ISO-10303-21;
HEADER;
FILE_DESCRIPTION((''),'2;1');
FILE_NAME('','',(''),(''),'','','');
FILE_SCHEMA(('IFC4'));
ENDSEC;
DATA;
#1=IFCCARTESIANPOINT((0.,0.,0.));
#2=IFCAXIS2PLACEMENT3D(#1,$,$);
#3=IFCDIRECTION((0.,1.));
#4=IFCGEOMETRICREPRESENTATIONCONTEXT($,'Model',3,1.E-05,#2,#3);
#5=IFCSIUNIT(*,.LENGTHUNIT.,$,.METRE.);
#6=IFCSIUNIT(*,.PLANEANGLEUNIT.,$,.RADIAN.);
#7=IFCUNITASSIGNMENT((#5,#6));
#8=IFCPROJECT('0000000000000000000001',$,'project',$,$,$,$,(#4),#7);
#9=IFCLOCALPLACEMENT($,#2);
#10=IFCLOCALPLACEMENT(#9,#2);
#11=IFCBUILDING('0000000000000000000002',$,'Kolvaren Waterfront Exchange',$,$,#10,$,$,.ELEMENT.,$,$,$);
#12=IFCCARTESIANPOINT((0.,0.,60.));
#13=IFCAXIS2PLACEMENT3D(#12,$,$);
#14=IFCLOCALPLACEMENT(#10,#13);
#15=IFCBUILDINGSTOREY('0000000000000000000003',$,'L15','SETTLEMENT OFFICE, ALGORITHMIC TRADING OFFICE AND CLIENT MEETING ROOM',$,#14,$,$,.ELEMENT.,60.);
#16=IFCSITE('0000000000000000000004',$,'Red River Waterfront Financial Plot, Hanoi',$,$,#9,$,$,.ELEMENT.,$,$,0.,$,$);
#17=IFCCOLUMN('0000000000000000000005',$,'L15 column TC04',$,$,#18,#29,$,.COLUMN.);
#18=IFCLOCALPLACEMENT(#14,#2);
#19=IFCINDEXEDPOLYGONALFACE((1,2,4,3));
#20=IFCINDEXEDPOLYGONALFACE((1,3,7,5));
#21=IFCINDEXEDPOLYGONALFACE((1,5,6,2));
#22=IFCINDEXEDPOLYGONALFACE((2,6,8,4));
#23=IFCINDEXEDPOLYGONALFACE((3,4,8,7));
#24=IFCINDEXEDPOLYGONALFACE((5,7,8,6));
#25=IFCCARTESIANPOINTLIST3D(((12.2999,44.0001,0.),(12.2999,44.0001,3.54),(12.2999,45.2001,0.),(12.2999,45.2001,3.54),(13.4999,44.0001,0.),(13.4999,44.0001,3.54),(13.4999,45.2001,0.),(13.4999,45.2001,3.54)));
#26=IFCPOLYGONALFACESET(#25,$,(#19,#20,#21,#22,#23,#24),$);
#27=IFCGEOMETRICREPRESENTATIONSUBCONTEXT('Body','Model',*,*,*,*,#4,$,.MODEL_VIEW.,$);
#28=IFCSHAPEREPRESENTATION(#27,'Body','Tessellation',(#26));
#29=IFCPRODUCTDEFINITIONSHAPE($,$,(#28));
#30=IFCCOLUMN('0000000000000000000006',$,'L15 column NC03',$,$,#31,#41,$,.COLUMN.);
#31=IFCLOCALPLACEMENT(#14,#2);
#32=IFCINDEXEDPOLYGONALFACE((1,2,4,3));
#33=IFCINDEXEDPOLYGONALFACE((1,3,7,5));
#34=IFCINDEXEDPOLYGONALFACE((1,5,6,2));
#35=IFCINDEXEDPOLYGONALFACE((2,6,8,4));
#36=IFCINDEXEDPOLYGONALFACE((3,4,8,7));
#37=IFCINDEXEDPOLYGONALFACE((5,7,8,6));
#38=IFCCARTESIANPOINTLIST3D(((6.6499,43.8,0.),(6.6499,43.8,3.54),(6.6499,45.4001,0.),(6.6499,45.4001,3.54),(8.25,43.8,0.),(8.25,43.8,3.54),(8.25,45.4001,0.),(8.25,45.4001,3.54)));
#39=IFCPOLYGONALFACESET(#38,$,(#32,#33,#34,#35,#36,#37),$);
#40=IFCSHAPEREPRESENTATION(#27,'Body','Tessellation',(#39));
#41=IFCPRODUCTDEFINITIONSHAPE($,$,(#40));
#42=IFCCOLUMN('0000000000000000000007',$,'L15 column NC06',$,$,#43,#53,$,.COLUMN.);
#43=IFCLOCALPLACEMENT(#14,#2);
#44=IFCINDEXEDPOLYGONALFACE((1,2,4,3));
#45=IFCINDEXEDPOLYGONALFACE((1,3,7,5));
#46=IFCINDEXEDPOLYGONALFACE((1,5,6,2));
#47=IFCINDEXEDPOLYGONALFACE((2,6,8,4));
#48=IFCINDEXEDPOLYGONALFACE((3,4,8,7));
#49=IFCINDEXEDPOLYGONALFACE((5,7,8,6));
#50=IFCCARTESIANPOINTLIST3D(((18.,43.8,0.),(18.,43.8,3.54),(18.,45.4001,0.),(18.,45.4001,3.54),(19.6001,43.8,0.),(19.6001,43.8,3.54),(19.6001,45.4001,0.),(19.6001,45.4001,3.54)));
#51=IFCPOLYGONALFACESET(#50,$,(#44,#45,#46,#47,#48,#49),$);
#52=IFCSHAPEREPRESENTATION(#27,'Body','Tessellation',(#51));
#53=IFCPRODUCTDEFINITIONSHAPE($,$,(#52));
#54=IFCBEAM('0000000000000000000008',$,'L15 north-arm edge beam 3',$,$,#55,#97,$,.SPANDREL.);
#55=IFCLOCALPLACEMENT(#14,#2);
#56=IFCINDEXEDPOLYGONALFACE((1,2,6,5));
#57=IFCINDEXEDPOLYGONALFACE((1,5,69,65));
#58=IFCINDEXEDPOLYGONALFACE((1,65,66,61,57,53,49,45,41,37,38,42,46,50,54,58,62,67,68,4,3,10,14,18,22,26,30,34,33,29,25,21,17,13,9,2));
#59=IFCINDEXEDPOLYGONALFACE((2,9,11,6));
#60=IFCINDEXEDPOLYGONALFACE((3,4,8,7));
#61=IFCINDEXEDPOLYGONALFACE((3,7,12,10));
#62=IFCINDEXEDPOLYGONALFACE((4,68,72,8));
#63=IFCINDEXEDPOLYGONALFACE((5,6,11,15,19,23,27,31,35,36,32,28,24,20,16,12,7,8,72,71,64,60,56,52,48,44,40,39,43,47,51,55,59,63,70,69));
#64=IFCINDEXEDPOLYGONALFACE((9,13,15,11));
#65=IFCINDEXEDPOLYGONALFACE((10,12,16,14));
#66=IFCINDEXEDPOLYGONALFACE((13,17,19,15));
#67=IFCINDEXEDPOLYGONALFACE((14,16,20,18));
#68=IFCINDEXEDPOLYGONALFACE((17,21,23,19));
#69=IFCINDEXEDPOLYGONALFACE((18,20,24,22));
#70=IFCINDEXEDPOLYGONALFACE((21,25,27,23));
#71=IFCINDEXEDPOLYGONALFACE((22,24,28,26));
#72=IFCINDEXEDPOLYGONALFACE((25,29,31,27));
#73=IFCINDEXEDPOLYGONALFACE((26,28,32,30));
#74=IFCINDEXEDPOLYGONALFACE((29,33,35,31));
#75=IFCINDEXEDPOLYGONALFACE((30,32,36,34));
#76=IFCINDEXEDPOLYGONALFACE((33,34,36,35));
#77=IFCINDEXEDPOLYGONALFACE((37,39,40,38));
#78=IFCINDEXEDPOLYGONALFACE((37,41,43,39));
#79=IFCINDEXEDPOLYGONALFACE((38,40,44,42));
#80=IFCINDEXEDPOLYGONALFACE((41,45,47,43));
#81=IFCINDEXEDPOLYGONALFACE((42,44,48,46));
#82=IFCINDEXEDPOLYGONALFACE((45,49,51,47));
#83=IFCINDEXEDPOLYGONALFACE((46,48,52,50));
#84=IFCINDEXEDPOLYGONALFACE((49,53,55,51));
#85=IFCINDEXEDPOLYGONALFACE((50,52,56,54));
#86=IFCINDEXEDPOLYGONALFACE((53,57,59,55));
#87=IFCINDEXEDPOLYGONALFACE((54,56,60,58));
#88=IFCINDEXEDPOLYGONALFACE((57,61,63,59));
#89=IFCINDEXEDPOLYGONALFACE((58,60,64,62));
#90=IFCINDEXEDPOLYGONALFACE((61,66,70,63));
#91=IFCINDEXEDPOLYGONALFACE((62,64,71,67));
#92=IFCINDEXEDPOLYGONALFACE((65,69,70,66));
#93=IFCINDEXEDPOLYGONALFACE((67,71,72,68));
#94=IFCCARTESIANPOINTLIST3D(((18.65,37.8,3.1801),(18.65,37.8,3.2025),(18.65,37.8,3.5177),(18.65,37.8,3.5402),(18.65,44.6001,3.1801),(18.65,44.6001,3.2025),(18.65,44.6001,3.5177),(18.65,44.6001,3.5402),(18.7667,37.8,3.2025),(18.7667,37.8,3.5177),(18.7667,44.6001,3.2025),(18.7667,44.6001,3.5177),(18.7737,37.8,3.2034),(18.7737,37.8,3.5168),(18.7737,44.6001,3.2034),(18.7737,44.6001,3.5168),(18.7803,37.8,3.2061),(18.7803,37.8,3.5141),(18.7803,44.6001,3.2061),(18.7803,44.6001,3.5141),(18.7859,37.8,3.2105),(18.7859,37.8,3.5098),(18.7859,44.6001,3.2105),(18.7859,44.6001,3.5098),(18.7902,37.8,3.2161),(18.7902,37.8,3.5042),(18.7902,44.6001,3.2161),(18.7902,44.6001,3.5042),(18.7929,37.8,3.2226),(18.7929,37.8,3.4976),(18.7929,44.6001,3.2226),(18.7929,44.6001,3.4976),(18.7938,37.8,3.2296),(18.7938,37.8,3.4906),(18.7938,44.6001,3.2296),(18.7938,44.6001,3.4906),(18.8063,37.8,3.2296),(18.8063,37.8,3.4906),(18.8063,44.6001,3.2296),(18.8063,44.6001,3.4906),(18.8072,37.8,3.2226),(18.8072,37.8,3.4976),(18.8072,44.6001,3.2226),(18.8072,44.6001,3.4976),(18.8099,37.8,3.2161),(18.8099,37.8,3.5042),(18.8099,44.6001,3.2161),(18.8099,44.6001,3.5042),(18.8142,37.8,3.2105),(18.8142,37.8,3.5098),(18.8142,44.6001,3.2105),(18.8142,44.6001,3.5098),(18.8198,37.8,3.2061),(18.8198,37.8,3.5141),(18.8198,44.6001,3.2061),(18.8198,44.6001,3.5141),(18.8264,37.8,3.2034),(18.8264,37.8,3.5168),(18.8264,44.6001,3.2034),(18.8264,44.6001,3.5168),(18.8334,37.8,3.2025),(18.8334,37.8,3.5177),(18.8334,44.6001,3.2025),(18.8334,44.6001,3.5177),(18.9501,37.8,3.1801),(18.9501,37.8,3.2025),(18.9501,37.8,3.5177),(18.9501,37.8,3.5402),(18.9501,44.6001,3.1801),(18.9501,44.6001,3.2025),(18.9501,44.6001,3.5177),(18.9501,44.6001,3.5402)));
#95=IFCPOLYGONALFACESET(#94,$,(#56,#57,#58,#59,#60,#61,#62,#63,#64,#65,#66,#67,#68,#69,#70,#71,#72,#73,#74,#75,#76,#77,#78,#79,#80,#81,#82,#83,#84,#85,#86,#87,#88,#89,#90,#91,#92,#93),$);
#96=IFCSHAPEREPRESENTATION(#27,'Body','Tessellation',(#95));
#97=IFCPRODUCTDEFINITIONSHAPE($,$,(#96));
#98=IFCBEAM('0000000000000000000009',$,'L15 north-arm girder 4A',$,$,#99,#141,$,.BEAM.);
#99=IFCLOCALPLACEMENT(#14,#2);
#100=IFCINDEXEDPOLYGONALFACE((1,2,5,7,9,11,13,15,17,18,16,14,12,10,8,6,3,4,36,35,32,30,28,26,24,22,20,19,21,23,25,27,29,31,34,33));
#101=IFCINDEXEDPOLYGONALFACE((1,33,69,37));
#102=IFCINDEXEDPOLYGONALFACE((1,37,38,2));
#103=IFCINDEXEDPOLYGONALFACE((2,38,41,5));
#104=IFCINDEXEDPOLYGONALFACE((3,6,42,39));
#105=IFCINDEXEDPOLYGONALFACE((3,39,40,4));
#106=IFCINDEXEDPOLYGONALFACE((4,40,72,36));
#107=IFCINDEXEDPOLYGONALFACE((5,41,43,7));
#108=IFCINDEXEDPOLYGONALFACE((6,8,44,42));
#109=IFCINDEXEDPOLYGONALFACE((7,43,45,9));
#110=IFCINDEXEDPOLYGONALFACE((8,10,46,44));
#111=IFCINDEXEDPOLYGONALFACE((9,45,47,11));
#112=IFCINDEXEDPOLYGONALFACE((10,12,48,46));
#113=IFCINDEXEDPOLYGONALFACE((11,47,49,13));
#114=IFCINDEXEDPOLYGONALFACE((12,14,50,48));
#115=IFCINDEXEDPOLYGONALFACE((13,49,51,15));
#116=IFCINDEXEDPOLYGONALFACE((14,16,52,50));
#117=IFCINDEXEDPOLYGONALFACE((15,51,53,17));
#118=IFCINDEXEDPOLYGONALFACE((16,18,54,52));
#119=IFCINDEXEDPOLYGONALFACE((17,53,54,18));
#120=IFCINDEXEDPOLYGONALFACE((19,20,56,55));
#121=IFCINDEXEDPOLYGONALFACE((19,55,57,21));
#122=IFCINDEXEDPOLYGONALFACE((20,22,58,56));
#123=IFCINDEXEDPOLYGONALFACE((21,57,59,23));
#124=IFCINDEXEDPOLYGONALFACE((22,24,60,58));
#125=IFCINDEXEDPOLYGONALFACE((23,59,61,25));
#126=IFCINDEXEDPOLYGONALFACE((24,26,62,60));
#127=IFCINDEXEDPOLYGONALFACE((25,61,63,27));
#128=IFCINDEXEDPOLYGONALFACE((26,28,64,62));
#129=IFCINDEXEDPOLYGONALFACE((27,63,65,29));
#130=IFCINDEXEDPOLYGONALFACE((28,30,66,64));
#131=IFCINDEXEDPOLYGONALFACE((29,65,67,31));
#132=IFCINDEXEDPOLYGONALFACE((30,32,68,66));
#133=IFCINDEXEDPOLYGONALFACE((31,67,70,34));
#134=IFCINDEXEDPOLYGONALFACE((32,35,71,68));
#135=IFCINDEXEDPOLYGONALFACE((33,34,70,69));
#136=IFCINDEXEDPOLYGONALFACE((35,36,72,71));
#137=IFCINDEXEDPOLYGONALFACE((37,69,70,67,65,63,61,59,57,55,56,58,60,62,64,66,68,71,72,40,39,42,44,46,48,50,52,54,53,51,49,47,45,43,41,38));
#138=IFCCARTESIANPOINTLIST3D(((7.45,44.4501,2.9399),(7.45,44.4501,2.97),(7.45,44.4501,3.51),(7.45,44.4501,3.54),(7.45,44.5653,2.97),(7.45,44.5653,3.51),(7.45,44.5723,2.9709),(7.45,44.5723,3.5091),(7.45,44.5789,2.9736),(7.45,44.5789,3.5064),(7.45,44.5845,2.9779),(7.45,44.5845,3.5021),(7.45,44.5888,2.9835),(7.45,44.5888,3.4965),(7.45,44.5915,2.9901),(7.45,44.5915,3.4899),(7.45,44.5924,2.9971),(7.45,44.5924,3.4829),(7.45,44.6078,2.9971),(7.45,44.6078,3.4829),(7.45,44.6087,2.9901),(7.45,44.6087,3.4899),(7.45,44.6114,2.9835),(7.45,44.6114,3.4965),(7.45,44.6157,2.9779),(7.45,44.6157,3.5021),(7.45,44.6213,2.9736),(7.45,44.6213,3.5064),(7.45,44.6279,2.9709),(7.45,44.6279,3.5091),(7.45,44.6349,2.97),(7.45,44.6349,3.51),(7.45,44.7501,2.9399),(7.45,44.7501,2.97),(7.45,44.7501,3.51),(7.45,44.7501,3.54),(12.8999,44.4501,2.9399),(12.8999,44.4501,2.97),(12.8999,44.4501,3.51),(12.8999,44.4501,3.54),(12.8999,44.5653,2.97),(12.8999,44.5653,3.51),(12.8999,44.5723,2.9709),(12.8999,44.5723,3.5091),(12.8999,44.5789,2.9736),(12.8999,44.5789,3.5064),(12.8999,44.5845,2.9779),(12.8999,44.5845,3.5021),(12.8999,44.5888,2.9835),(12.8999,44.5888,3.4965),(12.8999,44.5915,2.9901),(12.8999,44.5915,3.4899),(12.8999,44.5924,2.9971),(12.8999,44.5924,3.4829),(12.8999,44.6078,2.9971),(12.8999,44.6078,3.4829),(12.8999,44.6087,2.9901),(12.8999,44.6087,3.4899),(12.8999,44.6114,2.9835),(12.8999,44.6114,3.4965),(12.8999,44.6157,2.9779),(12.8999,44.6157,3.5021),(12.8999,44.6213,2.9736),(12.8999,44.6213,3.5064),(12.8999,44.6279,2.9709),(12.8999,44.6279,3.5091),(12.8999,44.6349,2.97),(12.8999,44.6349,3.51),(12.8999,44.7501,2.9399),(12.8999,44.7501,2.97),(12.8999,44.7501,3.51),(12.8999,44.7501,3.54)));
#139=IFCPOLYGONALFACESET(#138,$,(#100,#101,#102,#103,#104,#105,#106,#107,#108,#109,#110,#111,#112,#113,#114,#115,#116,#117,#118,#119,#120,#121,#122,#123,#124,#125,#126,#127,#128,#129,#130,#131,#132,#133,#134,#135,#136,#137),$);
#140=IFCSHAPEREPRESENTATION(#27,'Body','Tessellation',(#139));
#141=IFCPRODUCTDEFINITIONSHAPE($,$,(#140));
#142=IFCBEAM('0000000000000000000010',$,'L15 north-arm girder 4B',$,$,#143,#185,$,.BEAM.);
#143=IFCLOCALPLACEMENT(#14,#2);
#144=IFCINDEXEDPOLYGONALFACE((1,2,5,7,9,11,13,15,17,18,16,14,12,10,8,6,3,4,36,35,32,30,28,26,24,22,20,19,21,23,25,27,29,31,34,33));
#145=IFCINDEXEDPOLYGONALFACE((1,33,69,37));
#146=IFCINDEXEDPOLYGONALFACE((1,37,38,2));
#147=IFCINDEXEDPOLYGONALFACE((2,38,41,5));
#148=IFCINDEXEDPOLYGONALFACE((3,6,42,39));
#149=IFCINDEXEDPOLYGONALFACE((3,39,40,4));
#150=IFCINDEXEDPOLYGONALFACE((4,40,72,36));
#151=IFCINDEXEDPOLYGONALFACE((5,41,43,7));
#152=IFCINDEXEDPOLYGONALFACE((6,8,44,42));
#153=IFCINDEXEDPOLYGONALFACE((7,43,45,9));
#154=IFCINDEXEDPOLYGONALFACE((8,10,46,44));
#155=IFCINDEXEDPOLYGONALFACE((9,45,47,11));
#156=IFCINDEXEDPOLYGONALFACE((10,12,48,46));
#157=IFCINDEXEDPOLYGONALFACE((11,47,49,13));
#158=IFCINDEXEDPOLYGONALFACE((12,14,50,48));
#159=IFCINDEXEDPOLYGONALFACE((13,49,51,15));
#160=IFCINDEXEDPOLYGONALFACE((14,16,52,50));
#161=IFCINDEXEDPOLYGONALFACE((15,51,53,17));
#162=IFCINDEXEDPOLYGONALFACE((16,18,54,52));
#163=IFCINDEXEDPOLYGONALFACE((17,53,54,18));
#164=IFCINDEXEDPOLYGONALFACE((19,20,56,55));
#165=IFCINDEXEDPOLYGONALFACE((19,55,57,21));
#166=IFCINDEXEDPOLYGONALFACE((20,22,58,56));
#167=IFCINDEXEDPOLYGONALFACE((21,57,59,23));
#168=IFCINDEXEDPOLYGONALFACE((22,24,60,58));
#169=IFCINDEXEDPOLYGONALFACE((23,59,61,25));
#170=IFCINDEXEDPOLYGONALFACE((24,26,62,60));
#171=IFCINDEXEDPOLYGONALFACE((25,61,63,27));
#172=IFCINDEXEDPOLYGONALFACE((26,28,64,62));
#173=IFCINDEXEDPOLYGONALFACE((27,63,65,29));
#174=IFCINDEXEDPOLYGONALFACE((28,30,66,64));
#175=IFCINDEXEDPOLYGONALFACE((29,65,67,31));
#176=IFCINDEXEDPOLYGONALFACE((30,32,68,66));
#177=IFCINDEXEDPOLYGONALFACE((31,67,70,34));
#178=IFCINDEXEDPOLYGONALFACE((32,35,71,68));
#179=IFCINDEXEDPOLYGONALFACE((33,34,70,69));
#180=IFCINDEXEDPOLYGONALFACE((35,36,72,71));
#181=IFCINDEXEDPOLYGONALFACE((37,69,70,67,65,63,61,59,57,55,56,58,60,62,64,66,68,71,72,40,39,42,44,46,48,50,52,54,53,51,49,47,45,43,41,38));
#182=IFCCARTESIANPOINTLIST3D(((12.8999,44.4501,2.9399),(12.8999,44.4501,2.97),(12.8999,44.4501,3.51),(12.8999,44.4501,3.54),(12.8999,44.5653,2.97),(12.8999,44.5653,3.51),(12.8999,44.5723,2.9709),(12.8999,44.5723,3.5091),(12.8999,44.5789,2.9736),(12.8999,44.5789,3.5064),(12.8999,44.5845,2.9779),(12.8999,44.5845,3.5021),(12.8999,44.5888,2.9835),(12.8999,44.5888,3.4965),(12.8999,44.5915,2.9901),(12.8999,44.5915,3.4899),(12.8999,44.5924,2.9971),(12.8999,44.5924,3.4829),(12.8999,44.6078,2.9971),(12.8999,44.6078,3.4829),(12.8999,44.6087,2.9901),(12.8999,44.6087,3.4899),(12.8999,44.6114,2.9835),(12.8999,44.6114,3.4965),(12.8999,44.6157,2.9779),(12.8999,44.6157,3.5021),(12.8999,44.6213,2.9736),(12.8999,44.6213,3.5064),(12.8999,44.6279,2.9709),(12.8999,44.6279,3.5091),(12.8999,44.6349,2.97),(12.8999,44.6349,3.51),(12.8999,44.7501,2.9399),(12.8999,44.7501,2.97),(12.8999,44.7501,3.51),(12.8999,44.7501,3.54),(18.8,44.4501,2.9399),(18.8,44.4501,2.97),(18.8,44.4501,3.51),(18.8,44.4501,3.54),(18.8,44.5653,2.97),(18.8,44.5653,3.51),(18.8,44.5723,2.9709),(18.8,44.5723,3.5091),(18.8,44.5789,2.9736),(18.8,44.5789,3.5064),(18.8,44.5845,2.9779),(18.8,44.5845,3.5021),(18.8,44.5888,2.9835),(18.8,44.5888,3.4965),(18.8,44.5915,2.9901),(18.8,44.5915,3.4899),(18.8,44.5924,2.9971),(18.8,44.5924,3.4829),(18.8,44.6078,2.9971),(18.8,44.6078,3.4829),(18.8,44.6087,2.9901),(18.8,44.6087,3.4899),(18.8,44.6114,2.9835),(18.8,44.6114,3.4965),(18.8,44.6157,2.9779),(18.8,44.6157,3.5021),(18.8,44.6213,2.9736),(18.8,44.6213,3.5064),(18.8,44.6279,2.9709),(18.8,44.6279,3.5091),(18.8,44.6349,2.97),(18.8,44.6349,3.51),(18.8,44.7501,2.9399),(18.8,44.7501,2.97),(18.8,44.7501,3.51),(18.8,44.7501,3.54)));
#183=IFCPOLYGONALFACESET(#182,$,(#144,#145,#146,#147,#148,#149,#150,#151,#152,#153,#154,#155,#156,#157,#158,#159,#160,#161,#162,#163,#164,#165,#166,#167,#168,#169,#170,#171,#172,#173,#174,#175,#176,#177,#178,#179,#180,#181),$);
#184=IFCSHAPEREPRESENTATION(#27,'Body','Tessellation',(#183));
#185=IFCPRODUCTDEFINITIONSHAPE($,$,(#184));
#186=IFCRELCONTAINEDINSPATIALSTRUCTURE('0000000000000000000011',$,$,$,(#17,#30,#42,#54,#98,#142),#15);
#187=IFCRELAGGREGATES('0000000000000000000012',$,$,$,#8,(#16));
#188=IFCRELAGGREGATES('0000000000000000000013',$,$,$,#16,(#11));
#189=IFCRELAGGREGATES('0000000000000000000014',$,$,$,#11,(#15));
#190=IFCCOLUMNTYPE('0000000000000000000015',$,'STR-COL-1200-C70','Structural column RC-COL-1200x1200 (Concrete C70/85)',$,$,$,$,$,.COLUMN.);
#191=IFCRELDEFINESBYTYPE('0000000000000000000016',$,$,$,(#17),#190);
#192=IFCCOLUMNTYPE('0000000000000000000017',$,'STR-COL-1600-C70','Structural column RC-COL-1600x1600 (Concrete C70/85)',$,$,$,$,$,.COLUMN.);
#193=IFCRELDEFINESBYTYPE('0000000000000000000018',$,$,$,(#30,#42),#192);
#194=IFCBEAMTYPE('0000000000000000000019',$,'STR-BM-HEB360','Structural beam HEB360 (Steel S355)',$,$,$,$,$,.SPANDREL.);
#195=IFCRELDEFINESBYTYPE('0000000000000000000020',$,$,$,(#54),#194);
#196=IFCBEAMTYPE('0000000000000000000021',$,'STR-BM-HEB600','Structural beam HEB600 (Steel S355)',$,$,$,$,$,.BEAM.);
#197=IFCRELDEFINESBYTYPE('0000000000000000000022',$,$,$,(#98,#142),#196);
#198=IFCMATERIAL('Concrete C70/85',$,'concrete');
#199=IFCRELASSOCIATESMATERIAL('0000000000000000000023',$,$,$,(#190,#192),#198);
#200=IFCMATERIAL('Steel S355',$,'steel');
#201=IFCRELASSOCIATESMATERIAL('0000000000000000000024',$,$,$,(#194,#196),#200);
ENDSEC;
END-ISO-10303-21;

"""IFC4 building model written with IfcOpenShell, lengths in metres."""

from ifc_helpers import new_model, si_unit, direction, frame, origin, origin_2d, place, context, subcontext, project, spatial, rectangle, i_section, extrude, material, material_profile, profile_set, type_object, element, save


model = new_model("IFC4")

# Units and contexts
model_context = context("Model", 3, precision=1e-05, world=origin(), true_north=direction((0.0, 1.0)))
body_context = subcontext(model_context, "Body", "Model", "MODEL_VIEW")
ifc_project = project(units=[si_unit("LENGTHUNIT", "METRE"), si_unit("PLANEANGLEUNIT", "RADIAN")], contexts=[model_context])

# Site, building, storey
site_placement = place(None, origin())
site = spatial("IfcSite", under=ifc_project, at=site_placement, Name="Red River Waterfront Financial Plot, Hanoi", CompositionType="ELEMENT", RefElevation=0.0)
building_placement = place(site_placement, origin())
building = spatial("IfcBuilding", under=site, at=building_placement, Name="Kolvaren Waterfront Exchange", CompositionType="ELEMENT")
storey_placement = place(building_placement, frame((0.0, 0.0, 60.0)))
storey = spatial("IfcBuildingStorey", under=building, at=storey_placement, Name="L15", Description="SETTLEMENT OFFICE, ALGORITHMIC TRADING OFFICE AND CLIENT MEETING ROOM", CompositionType="ELEMENT", Elevation=60.0)

# Columns
ifc_material_1 = material(Name="Concrete C70/85", Category="concrete")
ifc_material_profile_1 = material_profile(ifc_material_1, rectangle(XDim=1.2, YDim=1.2, at=origin_2d()), Name="RC-COL-1200x1200")
ifc_profile_set_1 = profile_set([ifc_material_profile_1], Name="Concrete C70/85")
column_type_1 = type_object("IfcColumnType", Name="STR-COL-1200-C70", Description="Structural column RC-COL-1200x1200 (Concrete C70/85)", PredefinedType="COLUMN", material=ifc_profile_set_1)
column_placement = place(storey_placement, frame((12.8999, 44.6001, 0.0), z_axis=(0.0, 0.0, 1.0), x_axis=(1.0, 0.0, 0.0)))
element("IfcColumn", 1, at=column_placement, inside=storey, type_object=column_type_1, Name="L15 column TC04", PredefinedType="COLUMN", context=body_context, shape_type="SweptSolid", body=[
    extrude(rectangle(XDim=1.2, YDim=1.2, at=origin_2d()), origin(), (0.0, 0.0, 1.0), 3.54),
])
ifc_material_profile_2 = material_profile(ifc_material_1, rectangle(XDim=1.6001, YDim=1.6001, at=origin_2d()), Name="RC-COL-1600x1600")
ifc_profile_set_2 = profile_set([ifc_material_profile_2], Name="Concrete C70/85")
column_type_2 = type_object("IfcColumnType", Name="STR-COL-1600-C70", Description="Structural column RC-COL-1600x1600 (Concrete C70/85)", PredefinedType="COLUMN", material=ifc_profile_set_2)
for number, where, z_axis, x_axis, name in (
    (2, (7.45, 44.6001, 0.0), (0.0, 0.0, 1.0), (1.0, 0.0, 0.0), "L15 column NC03"),
    (3, (18.8, 44.6001, 0.0), (0.0, 0.0, 1.0), (1.0, 0.0, 0.0), "L15 column NC06"),
):
    element("IfcColumn", number, at=place(storey_placement, frame(where, z_axis=z_axis, x_axis=x_axis)), inside=storey, type_object=column_type_2, Name=name, PredefinedType="COLUMN", context=body_context, shape_type="SweptSolid", body=[
        extrude(rectangle(XDim=1.6001, YDim=1.6001, at=origin_2d()), origin(), (0.0, 0.0, 1.0), 3.54),
    ])

# Beams
ifc_material_2 = material(Name="Steel S355", Category="steel")
ifc_material_profile_3 = material_profile(ifc_material_2, i_section(OverallWidth=0.3, OverallDepth=0.3601, WebThickness=0.0125, FlangeThickness=0.0225, FilletRadius=0.0271, at=origin_2d()), Name="HEB360")
ifc_profile_set_3 = profile_set([ifc_material_profile_3], Name="Steel S355")
beam_type_1 = type_object("IfcBeamType", Name="STR-BM-HEB360", Description="Structural beam HEB360 (Steel S355)", PredefinedType="SPANDREL", material=ifc_profile_set_3)
beam_1_placement = place(storey_placement, frame((18.8, 37.8, 3.3601), z_axis=(0.0, 1.0, 0.0), x_axis=(-1.0, 0.0, 0.0)))
element("IfcBeam", 4, at=beam_1_placement, inside=storey, type_object=beam_type_1, Name="L15 north-arm edge beam 3", PredefinedType="SPANDREL", context=body_context, shape_type="SweptSolid", body=[
    extrude(i_section(OverallWidth=0.3, OverallDepth=0.3601, WebThickness=0.0125, FlangeThickness=0.0225, FilletRadius=0.0271, at=origin_2d()), origin(), (0.0, 0.0, 1.0), 6.8),
])
ifc_material_profile_4 = material_profile(ifc_material_2, i_section(OverallWidth=0.3, OverallDepth=0.6001, WebThickness=0.0154, FlangeThickness=0.03, FilletRadius=0.0271, at=origin_2d()), Name="HEB600")
ifc_profile_set_4 = profile_set([ifc_material_profile_4], Name="Steel S355")
beam_type_2 = type_object("IfcBeamType", Name="STR-BM-HEB600", Description="Structural beam HEB600 (Steel S355)", PredefinedType="BEAM", material=ifc_profile_set_4)
beam_2_placement = place(storey_placement, frame((7.45, 44.6001, 3.24), z_axis=(1.0, 0.0, 0.0), x_axis=(0.0, 1.0, 0.0)))
element("IfcBeam", 5, at=beam_2_placement, inside=storey, type_object=beam_type_2, Name="L15 north-arm girder 4A", PredefinedType="BEAM", context=body_context, shape_type="SweptSolid", body=[
    extrude(i_section(OverallWidth=0.3, OverallDepth=0.6001, WebThickness=0.0154, FlangeThickness=0.03, FilletRadius=0.0271, at=origin_2d()), origin(), (0.0, 0.0, 1.0), 5.45),
])
beam_3_placement = place(storey_placement, frame((12.8999, 44.6001, 3.24), z_axis=(1.0, 0.0, 0.0), x_axis=(0.0, 1.0, 0.0)))
element("IfcBeam", 6, at=beam_3_placement, inside=storey, type_object=beam_type_2, Name="L15 north-arm girder 4B", PredefinedType="BEAM", context=body_context, shape_type="SweptSolid", body=[
    extrude(i_section(OverallWidth=0.3, OverallDepth=0.6001, WebThickness=0.0154, FlangeThickness=0.03, FilletRadius=0.0271, at=origin_2d()), origin(), (0.0, 0.0, 1.0), 5.9001),
])

save(model, "model.ifc")
